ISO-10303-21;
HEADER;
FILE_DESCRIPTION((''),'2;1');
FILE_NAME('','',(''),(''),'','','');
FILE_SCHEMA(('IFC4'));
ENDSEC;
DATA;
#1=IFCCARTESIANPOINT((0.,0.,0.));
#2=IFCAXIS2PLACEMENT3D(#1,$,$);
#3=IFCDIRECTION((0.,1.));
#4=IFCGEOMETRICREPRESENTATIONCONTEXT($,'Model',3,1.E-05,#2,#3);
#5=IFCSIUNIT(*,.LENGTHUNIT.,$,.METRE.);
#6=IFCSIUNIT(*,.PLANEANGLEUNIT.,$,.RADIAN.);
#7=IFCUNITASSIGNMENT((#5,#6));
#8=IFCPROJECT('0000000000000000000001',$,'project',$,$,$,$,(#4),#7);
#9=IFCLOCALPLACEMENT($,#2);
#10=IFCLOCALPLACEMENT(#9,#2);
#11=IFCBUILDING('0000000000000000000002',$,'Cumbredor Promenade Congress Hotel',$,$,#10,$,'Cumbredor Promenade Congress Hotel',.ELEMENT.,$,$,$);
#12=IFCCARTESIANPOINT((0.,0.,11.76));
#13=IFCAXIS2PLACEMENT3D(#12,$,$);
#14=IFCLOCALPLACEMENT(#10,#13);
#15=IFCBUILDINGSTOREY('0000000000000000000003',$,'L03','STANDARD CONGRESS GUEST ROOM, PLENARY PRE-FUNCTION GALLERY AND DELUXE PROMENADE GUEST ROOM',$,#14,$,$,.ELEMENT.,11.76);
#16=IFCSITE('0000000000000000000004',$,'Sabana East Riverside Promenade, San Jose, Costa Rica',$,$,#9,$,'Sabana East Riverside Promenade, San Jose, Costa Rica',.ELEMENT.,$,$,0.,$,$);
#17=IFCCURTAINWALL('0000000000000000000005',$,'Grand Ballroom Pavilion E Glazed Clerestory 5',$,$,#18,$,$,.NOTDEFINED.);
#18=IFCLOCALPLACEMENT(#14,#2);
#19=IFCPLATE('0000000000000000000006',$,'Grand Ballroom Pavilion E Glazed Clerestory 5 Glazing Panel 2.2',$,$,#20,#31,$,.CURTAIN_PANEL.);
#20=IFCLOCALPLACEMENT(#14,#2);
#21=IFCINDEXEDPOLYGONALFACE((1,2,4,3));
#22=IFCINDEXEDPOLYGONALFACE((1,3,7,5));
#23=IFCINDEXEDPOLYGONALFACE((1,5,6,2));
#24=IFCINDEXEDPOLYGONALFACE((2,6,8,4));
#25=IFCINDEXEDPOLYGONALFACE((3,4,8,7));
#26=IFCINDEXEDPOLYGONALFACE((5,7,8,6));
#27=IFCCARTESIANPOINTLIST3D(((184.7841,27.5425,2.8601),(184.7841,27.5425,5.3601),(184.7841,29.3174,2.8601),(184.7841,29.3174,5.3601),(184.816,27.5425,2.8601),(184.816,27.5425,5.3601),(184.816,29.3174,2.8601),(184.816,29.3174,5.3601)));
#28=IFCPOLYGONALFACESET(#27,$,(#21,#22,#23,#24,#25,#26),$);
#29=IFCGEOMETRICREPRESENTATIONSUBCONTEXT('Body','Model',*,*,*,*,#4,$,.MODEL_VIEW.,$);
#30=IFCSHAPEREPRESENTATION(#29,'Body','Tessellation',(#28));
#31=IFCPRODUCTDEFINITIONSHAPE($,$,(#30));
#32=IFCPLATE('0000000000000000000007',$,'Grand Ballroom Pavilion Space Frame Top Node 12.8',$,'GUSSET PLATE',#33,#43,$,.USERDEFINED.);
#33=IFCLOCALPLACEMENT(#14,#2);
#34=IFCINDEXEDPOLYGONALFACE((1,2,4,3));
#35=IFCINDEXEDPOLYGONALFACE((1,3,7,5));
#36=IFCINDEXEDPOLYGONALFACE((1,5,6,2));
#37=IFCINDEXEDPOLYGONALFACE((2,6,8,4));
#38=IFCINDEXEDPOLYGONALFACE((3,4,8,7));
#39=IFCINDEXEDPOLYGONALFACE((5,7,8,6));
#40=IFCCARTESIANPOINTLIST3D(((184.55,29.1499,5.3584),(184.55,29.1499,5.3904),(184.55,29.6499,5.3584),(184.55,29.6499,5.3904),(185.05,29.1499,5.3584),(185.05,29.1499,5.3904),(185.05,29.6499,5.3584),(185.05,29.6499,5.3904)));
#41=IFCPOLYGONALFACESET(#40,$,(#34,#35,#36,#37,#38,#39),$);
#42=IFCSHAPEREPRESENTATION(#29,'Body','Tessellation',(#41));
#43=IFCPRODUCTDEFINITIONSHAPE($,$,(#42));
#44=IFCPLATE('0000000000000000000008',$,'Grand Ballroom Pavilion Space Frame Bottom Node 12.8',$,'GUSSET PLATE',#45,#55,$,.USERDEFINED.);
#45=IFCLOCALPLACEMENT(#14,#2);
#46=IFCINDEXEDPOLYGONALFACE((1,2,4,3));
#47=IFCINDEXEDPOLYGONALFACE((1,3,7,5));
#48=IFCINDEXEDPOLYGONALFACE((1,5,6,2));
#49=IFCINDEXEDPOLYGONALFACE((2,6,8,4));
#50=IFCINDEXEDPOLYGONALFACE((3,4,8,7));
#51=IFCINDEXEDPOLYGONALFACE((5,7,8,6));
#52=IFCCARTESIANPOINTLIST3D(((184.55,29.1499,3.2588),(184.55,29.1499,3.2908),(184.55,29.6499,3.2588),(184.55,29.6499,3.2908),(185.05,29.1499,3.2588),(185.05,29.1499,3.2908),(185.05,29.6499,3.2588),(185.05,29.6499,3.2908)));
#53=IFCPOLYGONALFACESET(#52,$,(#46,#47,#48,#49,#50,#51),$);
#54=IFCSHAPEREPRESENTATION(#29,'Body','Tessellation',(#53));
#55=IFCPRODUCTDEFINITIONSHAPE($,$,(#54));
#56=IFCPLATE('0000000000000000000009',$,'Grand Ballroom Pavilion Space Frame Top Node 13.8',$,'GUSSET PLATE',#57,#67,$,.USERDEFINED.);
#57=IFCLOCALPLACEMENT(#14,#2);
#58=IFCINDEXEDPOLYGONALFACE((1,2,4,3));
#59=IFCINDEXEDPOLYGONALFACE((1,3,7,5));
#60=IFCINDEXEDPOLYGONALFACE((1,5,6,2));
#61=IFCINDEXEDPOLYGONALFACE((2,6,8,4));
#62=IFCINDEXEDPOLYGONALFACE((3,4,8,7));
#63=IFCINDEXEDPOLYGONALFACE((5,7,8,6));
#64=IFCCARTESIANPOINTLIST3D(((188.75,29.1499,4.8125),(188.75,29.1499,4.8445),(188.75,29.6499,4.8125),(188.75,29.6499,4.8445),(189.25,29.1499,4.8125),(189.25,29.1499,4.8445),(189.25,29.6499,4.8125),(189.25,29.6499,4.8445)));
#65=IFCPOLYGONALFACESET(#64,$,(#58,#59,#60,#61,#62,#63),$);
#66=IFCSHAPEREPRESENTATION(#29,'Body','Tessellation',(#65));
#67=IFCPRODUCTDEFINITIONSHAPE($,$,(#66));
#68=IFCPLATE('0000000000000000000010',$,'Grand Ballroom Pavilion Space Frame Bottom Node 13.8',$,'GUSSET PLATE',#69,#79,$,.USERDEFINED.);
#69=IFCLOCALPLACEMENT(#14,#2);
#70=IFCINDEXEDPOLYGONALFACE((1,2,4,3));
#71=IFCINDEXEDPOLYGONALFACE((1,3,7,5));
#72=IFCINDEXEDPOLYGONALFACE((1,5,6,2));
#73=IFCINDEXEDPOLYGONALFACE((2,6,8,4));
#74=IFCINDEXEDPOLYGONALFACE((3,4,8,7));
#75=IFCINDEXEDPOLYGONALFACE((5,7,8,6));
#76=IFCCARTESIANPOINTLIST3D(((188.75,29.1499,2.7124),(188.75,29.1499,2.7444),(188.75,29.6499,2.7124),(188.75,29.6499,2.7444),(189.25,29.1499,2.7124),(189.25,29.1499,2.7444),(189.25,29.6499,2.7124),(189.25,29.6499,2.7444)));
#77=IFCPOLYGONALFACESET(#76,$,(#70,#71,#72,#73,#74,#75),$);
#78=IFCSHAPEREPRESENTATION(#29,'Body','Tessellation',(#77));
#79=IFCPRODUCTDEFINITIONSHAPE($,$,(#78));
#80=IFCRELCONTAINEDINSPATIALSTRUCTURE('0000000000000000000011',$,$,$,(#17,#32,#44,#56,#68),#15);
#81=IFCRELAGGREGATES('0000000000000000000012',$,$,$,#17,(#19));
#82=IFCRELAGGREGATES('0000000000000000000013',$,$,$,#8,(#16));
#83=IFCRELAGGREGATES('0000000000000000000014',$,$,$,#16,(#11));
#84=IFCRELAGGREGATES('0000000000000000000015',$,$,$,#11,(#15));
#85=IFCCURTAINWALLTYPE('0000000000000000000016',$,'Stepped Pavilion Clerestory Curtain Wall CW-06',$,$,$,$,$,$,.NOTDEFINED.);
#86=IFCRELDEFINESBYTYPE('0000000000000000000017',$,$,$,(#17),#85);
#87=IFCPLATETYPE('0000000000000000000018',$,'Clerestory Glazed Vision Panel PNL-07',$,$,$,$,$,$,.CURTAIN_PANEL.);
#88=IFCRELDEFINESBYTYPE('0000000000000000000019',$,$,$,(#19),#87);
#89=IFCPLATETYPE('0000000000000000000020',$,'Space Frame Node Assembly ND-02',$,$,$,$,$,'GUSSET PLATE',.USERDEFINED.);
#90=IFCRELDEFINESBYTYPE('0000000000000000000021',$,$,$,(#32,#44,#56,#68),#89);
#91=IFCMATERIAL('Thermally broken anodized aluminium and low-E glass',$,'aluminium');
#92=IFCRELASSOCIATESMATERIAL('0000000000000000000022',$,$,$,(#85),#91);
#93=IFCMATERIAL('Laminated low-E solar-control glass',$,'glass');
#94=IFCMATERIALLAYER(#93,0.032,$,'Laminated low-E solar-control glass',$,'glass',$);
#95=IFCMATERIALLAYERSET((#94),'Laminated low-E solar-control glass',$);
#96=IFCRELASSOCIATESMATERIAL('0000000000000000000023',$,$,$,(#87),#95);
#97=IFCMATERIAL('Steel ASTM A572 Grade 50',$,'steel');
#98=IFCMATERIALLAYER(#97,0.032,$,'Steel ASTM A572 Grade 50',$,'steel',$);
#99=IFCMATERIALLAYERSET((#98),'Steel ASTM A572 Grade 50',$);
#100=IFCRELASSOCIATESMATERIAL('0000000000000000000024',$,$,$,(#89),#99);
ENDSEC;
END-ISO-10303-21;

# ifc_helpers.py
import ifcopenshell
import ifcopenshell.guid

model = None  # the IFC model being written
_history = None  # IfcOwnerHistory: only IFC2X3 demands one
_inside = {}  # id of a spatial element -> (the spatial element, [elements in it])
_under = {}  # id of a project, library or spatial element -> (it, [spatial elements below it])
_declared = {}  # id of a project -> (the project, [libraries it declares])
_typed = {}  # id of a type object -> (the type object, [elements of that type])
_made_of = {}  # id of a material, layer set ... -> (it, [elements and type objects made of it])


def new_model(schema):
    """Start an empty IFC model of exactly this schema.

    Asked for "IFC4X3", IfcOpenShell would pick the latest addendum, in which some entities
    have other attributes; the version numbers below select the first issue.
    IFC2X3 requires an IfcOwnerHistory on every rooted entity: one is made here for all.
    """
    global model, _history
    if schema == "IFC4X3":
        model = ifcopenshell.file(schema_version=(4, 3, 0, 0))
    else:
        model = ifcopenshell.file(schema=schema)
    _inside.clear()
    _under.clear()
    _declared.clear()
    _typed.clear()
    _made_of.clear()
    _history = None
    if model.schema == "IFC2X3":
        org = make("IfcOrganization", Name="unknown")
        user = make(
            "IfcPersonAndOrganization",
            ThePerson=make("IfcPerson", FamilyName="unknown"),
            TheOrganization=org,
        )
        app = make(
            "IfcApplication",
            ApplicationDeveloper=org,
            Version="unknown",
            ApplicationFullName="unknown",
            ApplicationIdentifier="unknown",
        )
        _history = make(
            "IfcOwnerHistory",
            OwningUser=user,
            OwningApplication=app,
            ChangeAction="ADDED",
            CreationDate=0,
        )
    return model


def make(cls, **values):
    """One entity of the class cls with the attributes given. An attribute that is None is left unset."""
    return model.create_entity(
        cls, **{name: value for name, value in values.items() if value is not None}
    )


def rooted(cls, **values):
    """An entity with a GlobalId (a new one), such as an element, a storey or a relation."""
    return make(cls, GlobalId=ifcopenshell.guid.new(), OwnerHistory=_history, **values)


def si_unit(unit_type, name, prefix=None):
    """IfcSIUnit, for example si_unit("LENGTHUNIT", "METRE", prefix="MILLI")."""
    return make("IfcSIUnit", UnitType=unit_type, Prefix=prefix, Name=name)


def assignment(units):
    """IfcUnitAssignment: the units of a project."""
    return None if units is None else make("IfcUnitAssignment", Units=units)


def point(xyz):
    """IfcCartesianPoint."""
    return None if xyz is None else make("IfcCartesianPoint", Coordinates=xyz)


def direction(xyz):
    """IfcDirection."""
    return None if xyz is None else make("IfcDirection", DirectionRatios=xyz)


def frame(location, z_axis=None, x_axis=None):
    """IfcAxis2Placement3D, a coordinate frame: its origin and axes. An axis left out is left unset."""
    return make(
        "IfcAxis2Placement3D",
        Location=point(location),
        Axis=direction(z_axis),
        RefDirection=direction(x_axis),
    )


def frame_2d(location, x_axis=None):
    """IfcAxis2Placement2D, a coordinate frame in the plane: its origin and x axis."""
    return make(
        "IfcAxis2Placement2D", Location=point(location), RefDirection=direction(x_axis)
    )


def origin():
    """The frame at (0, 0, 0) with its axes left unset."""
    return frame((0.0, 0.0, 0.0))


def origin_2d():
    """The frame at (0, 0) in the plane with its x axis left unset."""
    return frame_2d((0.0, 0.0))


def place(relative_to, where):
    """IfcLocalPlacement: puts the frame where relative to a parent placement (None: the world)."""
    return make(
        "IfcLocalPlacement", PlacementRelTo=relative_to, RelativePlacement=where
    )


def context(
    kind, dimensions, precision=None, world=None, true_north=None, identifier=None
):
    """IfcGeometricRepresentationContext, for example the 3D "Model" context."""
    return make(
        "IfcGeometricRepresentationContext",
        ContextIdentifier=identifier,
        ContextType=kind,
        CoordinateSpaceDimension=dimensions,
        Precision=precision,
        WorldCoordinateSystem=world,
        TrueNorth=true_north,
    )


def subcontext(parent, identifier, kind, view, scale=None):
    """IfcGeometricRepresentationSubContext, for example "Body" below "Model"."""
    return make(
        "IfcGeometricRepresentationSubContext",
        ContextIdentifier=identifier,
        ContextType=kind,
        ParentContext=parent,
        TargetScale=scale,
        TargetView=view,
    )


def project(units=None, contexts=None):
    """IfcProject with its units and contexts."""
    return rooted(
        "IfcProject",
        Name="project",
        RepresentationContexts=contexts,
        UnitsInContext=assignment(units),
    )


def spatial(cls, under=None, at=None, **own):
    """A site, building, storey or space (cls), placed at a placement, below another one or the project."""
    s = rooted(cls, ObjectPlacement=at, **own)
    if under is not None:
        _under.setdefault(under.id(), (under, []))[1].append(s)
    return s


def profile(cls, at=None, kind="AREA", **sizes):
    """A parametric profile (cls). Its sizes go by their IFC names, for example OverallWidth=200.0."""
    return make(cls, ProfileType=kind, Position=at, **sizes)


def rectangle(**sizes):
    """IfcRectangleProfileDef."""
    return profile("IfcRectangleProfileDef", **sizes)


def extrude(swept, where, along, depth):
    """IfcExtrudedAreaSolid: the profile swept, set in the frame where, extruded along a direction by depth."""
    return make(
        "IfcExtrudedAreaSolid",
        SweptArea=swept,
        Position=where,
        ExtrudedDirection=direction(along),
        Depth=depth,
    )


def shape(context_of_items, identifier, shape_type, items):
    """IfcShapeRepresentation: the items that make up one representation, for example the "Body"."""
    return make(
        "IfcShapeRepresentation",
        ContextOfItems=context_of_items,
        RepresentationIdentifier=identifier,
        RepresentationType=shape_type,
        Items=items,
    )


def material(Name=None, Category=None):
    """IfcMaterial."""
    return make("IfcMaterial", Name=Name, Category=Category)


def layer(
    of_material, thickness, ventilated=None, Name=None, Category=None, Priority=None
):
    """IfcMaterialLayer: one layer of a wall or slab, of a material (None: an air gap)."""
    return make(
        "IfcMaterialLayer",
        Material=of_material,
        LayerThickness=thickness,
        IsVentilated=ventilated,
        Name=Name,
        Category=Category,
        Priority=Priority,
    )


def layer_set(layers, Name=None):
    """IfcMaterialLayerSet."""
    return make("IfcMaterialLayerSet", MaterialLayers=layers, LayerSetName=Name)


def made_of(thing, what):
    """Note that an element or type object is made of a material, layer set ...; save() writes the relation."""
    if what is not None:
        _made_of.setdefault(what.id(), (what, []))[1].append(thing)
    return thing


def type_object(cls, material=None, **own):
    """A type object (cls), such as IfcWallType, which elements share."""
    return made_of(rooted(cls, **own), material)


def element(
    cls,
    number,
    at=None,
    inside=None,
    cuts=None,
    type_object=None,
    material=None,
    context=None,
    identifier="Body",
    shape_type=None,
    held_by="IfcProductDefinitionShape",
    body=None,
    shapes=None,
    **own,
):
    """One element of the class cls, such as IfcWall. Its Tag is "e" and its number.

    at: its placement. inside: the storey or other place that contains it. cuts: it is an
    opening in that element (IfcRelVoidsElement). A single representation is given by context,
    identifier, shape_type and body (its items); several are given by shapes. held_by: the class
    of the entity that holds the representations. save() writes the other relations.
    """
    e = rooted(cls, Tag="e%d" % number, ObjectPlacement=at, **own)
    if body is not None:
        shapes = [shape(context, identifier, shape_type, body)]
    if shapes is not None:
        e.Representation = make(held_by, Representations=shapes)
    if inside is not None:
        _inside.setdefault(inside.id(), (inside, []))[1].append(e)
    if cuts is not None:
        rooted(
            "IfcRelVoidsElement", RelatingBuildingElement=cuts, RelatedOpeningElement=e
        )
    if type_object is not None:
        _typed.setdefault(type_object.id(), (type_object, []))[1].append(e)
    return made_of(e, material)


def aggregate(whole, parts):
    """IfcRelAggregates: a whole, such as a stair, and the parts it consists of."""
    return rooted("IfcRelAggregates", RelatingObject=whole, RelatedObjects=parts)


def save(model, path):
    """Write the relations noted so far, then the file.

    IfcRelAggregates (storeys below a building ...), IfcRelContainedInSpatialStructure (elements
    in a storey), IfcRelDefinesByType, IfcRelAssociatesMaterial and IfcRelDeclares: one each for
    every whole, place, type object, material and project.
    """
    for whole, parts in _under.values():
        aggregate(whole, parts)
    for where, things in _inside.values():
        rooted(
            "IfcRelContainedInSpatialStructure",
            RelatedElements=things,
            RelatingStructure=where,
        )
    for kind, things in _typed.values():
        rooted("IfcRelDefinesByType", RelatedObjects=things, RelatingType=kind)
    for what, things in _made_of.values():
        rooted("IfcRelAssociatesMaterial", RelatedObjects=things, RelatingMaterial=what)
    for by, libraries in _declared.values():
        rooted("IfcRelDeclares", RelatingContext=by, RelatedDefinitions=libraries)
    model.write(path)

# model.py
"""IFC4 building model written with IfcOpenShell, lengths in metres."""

from ifc_helpers import new_model, si_unit, direction, frame, origin, origin_2d, place, context, subcontext, project, spatial, rectangle, extrude, material, layer, layer_set, type_object, element, aggregate, save


model = new_model("IFC4")

# Units and contexts
model_context = context("Model", 3, precision=1e-05, world=origin(), true_north=direction((0.0, 1.0)))
body_context = subcontext(model_context, "Body", "Model", "MODEL_VIEW")
ifc_project = project(units=[si_unit("LENGTHUNIT", "METRE"), si_unit("PLANEANGLEUNIT", "RADIAN")], contexts=[model_context])

# Site, building, storey
site_placement = place(None, origin())
site = spatial("IfcSite", under=ifc_project, at=site_placement, Name="Sabana East Riverside Promenade, San Jose, Costa Rica", LongName="Sabana East Riverside Promenade, San Jose, Costa Rica", CompositionType="ELEMENT", RefElevation=0.0)
building_placement = place(site_placement, origin())
building = spatial("IfcBuilding", under=site, at=building_placement, Name="Cumbredor Promenade Congress Hotel", LongName="Cumbredor Promenade Congress Hotel", CompositionType="ELEMENT")
storey_placement = place(building_placement, frame((0.0, 0.0, 11.76)))
storey = spatial("IfcBuildingStorey", under=building, at=storey_placement, Name="L03", Description="STANDARD CONGRESS GUEST ROOM, PLENARY PRE-FUNCTION GALLERY AND DELUXE PROMENADE GUEST ROOM", CompositionType="ELEMENT", Elevation=11.76)

# Curtain wall
ifc_material_1 = material(Name="Thermally broken anodized aluminium and low-E glass", Category="aluminium")
curtain_wall_type = type_object("IfcCurtainWallType", Name="Stepped Pavilion Clerestory Curtain Wall CW-06", PredefinedType="NOTDEFINED", material=ifc_material_1)
curtain_wall_1_placement = place(storey_placement, origin())
curtain_wall_1 = element("IfcCurtainWall", 1, at=curtain_wall_1_placement, inside=storey, type_object=curtain_wall_type, Name="Grand Ballroom Pavilion E Glazed Clerestory 5", PredefinedType="NOTDEFINED")

# Plate
ifc_material_2 = material(Name="Laminated low-E solar-control glass", Category="glass")
ifc_layer_1 = layer(ifc_material_2, 0.032, Name="Laminated low-E solar-control glass", Category="glass")
ifc_layer_set_1 = layer_set([ifc_layer_1], Name="Laminated low-E solar-control glass")
plate_type_1 = type_object("IfcPlateType", Name="Clerestory Glazed Vision Panel PNL-07", PredefinedType="CURTAIN_PANEL", material=ifc_layer_set_1)
plate_1_placement = place(storey_placement, frame((184.8, 28.4299, 2.8601), z_axis=(0.0, 0.0, 1.0), x_axis=(0.0, 1.0, 0.0)))
plate_1 = element("IfcPlate", 2, at=plate_1_placement, type_object=plate_type_1, Name="Grand Ballroom Pavilion E Glazed Clerestory 5 Glazing Panel 2.2", PredefinedType="CURTAIN_PANEL", context=body_context, shape_type="SweptSolid", body=[
    extrude(rectangle(XDim=1.7749, YDim=0.032, at=origin_2d()), origin(), (0.0, 0.0, 1.0), 2.5),
])
aggregate(curtain_wall_1, [plate_1])

# Plates
ifc_material_3 = material(Name="Steel ASTM A572 Grade 50", Category="steel")
ifc_layer_2 = layer(ifc_material_3, 0.032, Name="Steel ASTM A572 Grade 50", Category="steel")
ifc_layer_set_2 = layer_set([ifc_layer_2], Name="Steel ASTM A572 Grade 50")
plate_type_2 = type_object("IfcPlateType", Name="Space Frame Node Assembly ND-02", ElementType="GUSSET PLATE", PredefinedType="USERDEFINED", material=ifc_layer_set_2)
for number, where, z_axis, x_axis, name in (
    (3, (184.8, 29.3999, 5.3584), (0.0, 0.0, 1.0), (1.0, 0.0, 0.0), "Grand Ballroom Pavilion Space Frame Top Node 12.8"),
    (4, (184.8, 29.3999, 3.2588), (0.0, 0.0, 1.0), (1.0, 0.0, 0.0), "Grand Ballroom Pavilion Space Frame Bottom Node 12.8"),
    (5, (189.0, 29.3999, 4.8125), (0.0, 0.0, 1.0), (1.0, 0.0, 0.0), "Grand Ballroom Pavilion Space Frame Top Node 13.8"),
    (6, (189.0, 29.3999, 2.7124), (0.0, 0.0, 1.0), (1.0, 0.0, 0.0), "Grand Ballroom Pavilion Space Frame Bottom Node 13.8"),
):
    element("IfcPlate", number, at=place(storey_placement, frame(where, z_axis=z_axis, x_axis=x_axis)), inside=storey, type_object=plate_type_2, Name=name, ObjectType="GUSSET PLATE", PredefinedType="USERDEFINED", context=body_context, shape_type="SweptSolid", body=[
        extrude(rectangle(XDim=0.5, YDim=0.5, at=origin_2d()), origin(), (0.0, 0.0, 1.0), 0.032),
    ])

save(model, "model.ifc")
